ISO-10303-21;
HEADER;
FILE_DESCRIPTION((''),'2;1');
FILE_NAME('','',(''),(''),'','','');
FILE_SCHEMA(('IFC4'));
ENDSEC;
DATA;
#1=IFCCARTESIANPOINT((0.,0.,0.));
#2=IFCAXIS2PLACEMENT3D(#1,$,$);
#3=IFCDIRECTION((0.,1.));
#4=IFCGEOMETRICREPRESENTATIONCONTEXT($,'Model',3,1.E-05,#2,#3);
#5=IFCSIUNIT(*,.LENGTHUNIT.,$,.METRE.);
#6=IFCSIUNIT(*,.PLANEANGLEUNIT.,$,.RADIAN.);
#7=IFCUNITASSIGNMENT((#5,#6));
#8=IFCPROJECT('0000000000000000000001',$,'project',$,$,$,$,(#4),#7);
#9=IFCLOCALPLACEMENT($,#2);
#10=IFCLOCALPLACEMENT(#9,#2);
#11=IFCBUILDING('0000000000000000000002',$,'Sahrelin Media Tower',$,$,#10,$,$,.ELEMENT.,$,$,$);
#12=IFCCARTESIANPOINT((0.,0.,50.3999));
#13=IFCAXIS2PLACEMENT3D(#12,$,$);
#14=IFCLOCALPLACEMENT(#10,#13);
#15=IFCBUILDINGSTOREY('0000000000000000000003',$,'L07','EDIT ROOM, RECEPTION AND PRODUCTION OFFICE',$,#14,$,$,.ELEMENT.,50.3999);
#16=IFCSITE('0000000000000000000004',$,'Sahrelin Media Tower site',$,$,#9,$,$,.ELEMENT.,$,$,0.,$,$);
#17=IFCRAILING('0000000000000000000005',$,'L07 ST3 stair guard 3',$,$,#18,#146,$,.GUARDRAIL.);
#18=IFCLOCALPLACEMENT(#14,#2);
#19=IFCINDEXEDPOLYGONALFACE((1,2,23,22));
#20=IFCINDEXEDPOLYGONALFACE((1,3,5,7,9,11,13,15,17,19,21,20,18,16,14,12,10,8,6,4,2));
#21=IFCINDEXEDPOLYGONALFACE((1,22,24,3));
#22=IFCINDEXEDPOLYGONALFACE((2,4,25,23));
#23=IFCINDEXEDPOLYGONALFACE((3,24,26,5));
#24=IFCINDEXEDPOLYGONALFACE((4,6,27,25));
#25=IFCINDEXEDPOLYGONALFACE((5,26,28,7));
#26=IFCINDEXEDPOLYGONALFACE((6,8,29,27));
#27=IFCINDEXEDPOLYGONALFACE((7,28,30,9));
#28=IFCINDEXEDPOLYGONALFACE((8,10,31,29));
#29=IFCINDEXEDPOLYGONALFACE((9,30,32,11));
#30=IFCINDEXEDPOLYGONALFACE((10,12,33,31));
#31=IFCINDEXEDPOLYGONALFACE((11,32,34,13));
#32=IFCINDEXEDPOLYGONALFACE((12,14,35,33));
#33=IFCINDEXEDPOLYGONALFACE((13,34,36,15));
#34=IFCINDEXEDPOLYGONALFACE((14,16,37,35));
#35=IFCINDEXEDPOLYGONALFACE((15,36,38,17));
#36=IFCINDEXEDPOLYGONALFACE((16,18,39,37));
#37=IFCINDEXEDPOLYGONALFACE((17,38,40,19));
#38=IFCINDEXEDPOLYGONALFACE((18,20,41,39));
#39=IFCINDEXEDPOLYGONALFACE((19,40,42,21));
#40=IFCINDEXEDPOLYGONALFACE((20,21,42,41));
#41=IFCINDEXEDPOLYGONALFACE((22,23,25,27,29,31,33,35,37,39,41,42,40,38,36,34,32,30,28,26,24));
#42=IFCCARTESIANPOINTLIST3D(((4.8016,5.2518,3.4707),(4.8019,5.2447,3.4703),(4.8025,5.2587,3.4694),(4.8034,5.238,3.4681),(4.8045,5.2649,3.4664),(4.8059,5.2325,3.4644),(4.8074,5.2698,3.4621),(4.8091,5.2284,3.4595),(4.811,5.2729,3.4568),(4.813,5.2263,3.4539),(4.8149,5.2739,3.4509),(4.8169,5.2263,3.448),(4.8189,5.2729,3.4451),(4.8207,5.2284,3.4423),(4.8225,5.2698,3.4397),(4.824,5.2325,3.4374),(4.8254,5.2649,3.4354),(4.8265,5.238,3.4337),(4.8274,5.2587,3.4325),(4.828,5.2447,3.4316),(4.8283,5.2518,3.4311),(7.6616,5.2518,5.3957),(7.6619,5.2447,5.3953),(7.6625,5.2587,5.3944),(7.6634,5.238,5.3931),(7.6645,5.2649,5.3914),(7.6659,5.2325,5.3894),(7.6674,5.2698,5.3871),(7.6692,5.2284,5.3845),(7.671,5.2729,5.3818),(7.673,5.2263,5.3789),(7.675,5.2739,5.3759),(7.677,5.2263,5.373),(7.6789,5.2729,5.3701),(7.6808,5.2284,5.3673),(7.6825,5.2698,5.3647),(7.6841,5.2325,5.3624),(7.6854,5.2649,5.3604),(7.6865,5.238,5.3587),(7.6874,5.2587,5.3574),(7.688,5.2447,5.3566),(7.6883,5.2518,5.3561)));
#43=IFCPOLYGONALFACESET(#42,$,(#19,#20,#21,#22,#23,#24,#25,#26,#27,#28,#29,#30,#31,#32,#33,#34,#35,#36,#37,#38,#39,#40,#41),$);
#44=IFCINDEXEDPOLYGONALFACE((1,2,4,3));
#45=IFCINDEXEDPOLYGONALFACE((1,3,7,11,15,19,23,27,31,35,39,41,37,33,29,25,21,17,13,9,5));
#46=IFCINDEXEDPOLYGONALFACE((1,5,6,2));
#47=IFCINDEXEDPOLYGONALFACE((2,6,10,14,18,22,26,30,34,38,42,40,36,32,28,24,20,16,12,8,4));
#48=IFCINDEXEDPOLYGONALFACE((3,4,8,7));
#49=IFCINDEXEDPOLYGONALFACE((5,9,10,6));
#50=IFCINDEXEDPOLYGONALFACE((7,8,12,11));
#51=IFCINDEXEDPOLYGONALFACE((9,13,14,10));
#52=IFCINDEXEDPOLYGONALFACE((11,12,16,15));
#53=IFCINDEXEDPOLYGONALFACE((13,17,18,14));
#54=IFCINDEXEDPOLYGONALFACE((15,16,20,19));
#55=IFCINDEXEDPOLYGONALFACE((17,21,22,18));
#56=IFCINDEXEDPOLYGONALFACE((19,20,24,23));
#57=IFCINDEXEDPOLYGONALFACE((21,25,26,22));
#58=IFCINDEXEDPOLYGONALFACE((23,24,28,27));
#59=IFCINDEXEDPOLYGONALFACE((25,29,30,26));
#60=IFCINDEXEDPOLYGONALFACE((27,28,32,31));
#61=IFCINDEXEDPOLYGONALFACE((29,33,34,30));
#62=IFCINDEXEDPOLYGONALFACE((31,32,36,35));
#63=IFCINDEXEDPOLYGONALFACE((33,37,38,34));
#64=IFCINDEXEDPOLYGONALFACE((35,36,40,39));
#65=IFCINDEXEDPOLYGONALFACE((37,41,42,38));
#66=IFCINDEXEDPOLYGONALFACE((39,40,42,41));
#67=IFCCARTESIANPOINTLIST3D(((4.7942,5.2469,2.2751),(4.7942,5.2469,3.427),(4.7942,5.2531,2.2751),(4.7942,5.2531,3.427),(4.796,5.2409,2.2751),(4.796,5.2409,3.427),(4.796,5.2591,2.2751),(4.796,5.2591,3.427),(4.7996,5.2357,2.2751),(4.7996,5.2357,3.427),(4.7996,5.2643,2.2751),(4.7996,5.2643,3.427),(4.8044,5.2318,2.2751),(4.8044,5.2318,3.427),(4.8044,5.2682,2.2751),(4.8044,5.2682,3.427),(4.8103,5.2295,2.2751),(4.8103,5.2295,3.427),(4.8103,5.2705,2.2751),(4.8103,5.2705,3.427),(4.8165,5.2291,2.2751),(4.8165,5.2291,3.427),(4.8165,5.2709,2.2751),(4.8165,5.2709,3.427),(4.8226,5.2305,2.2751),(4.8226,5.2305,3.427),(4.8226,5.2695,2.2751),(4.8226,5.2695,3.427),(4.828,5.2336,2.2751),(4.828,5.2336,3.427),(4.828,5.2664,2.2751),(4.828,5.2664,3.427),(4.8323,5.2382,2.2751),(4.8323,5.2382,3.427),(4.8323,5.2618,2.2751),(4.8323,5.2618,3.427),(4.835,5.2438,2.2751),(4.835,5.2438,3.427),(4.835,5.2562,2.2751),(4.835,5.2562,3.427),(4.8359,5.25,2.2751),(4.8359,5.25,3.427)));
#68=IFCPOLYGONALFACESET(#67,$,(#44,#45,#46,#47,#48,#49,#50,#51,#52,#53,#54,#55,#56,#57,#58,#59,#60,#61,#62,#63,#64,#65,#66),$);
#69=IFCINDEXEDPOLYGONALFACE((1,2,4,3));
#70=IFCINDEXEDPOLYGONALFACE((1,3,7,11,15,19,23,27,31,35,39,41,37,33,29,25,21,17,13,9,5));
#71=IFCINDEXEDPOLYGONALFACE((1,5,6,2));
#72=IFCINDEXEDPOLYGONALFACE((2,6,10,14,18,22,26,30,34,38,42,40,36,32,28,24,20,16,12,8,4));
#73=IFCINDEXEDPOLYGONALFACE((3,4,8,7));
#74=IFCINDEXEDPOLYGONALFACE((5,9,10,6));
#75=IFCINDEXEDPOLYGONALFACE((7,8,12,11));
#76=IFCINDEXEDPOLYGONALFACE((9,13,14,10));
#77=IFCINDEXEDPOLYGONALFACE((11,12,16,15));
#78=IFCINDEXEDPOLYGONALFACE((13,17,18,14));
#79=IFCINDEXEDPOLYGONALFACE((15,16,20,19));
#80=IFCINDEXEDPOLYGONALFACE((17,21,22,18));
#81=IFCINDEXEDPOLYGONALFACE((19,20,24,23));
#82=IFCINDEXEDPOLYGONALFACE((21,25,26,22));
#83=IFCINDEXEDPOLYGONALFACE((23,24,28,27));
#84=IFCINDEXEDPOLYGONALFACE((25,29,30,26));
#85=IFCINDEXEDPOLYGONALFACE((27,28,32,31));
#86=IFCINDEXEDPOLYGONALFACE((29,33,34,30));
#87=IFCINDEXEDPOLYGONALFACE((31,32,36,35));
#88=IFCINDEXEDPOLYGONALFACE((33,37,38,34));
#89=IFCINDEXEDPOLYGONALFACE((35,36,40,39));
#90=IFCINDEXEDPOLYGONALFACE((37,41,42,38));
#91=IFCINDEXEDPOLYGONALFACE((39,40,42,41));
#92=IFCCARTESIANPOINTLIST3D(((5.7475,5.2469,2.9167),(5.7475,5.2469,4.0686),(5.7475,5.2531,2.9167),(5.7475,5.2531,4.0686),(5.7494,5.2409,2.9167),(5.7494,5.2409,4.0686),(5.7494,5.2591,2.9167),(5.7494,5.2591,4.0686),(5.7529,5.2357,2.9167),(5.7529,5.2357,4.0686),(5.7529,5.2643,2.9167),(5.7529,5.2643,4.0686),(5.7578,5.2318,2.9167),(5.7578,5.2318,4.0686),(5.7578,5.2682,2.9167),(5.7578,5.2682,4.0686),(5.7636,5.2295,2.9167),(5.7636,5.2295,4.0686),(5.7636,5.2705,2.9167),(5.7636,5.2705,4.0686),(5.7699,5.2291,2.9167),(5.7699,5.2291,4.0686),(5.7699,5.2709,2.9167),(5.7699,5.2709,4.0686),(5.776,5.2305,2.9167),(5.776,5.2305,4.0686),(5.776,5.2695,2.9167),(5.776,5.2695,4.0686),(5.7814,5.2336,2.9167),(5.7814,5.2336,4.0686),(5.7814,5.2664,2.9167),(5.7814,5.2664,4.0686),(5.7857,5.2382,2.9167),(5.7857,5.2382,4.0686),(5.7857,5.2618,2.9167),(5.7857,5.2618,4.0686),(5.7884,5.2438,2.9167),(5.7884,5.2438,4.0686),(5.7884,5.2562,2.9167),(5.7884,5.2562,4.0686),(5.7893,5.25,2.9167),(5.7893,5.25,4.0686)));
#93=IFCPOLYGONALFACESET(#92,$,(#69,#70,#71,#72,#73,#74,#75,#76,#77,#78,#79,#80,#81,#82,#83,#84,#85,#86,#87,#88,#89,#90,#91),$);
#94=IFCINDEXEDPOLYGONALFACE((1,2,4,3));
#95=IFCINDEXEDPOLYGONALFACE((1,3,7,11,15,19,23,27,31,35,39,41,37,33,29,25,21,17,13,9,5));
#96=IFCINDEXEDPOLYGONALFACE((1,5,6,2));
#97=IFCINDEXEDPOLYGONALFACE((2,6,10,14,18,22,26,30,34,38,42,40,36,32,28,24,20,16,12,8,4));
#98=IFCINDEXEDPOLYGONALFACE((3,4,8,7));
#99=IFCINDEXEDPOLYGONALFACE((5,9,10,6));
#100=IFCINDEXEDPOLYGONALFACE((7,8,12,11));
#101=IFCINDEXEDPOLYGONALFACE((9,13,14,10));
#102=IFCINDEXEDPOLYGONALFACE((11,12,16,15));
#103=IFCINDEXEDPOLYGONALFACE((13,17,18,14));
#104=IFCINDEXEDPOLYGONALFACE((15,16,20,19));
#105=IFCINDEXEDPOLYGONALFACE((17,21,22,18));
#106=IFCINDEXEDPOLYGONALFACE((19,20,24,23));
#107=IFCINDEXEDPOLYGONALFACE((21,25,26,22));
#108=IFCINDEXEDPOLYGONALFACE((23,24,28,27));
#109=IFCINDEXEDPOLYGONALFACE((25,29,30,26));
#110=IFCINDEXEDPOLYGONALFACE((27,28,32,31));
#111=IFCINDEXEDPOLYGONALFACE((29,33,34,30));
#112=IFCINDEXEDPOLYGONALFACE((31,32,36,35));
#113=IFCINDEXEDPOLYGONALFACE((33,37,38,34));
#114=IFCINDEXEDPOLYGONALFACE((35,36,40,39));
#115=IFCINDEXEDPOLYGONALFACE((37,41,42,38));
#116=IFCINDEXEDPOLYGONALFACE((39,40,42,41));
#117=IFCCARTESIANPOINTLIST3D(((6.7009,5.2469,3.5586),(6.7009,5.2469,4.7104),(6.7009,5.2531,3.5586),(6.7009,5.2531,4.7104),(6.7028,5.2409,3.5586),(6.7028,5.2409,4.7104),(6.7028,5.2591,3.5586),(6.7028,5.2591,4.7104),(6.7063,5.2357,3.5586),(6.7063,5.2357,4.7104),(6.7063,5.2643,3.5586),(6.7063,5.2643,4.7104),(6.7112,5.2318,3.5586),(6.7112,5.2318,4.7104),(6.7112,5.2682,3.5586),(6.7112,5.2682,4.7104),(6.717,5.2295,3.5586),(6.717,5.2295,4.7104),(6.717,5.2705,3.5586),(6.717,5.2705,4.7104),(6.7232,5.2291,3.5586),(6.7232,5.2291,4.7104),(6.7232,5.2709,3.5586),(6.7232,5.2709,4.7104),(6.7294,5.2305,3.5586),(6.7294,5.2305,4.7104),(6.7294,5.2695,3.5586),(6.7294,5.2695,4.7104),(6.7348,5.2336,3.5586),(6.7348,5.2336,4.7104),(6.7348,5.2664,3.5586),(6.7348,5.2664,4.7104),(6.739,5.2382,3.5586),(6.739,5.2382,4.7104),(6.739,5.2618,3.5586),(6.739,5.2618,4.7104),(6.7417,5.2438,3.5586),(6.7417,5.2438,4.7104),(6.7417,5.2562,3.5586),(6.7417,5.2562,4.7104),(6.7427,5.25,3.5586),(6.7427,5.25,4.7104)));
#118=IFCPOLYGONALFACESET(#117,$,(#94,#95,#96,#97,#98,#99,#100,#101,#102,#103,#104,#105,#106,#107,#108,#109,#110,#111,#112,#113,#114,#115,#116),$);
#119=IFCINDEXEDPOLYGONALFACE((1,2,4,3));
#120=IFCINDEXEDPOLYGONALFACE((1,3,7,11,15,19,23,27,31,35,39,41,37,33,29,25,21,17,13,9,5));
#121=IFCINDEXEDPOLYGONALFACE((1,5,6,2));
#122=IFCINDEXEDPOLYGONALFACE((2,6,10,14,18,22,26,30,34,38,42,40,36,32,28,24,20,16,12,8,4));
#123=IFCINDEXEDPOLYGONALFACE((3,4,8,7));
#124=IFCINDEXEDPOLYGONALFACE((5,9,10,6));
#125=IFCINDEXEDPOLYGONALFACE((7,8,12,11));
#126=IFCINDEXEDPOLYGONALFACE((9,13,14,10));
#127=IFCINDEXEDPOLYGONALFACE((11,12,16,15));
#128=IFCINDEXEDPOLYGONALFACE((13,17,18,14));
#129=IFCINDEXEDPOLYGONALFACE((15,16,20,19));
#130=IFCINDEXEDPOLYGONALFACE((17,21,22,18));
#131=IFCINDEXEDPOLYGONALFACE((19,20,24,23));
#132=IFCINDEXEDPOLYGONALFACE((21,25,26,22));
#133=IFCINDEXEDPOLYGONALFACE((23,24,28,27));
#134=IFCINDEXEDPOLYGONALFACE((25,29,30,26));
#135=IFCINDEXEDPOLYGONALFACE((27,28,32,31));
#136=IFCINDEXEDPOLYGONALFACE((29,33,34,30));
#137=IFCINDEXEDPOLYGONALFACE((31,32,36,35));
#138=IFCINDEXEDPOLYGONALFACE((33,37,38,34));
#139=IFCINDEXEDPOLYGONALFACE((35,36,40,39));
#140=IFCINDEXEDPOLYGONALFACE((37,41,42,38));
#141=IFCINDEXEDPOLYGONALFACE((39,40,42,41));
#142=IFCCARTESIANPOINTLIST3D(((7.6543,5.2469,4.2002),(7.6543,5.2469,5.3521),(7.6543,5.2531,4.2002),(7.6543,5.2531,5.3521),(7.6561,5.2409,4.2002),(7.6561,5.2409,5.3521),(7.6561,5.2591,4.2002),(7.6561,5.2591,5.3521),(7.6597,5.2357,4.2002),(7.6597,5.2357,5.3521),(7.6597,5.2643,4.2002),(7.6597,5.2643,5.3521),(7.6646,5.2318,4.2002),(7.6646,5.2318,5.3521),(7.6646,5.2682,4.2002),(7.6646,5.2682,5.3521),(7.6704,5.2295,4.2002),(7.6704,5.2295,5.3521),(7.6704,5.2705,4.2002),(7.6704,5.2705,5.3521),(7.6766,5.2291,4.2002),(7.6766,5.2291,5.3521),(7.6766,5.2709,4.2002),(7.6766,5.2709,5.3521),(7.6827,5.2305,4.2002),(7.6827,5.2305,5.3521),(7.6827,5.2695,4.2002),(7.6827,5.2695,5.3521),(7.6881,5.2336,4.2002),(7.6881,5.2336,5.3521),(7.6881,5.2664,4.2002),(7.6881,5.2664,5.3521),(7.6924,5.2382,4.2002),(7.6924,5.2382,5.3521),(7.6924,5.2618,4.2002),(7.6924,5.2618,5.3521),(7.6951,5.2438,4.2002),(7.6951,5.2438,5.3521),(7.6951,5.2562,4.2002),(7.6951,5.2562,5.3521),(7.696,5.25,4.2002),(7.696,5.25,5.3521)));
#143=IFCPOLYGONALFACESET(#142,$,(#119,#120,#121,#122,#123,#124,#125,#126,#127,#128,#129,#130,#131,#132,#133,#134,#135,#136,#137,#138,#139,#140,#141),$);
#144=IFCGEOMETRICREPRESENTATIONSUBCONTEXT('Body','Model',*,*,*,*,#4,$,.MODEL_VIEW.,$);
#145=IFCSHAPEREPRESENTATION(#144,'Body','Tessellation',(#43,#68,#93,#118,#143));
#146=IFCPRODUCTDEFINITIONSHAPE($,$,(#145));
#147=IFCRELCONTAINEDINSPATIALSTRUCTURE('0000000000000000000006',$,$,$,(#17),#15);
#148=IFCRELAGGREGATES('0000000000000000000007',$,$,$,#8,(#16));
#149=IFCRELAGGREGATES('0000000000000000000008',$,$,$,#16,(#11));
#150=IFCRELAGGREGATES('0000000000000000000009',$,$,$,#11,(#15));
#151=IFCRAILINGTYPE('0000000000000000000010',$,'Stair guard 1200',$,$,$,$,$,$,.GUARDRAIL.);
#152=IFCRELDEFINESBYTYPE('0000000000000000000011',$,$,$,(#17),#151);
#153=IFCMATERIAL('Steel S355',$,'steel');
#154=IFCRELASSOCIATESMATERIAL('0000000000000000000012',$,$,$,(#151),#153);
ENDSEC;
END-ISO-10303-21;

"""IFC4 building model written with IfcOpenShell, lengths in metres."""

from ifc_helpers import new_model, si_unit, direction, frame, origin, origin_2d, place, context, subcontext, project, spatial, circle, extrude, material, type_object, element, save


model = new_model("IFC4")

# Units and contexts
model_context = context("Model", 3, precision=1e-05, world=origin(), true_north=direction((0.0, 1.0)))
body_context = subcontext(model_context, "Body", "Model", "MODEL_VIEW")
ifc_project = project(units=[si_unit("LENGTHUNIT", "METRE"), si_unit("PLANEANGLEUNIT", "RADIAN")], contexts=[model_context])

# Site, building, storey
site_placement = place(None, origin())
site = spatial("IfcSite", under=ifc_project, at=site_placement, Name="Sahrelin Media Tower site", CompositionType="ELEMENT", RefElevation=0.0)
building_placement = place(site_placement, origin())
building = spatial("IfcBuilding", under=site, at=building_placement, Name="Sahrelin Media Tower", CompositionType="ELEMENT")
storey_placement = place(building_placement, frame((0.0, 0.0, 50.3999)))
storey = spatial("IfcBuildingStorey", under=building, at=storey_placement, Name="L07", Description="EDIT ROOM, RECEPTION AND PRODUCTION OFFICE", CompositionType="ELEMENT", Elevation=50.3999)

# Shared definitions
ifc_material_1 = material(Name="Steel S355", Category="steel")

# Railing
railing_type_1 = type_object("IfcRailingType", Name="Stair guard 1200", PredefinedType="GUARDRAIL", material=ifc_material_1)
railing_1_placement = place(storey_placement, frame((4.8149, 5.25, 2.2751)))
element("IfcRailing", 1, at=railing_1_placement, inside=storey, type_object=railing_type_1, Name="L07 ST3 stair guard 3", PredefinedType="GUARDRAIL", context=body_context, shape_type="SweptSolid", body=[
    extrude(circle(Radius=0.0239, at=origin_2d()), frame((0.0, 0.0, 1.1758), z_axis=(0.829591, 0.0, 0.558372), x_axis=(0.0, 1.0, 0.0)), (0.0, 0.0, 1.0), 3.4475),
    extrude(circle(Radius=0.021, at=origin_2d()), origin(), (0.0, 0.0, 1.0), 1.1519),
    extrude(circle(Radius=0.021, at=origin_2d()), frame((0.9534, 0.0, 0.6416)), (0.0, 0.0, 1.0), 1.1519),
    extrude(circle(Radius=0.021, at=origin_2d()), frame((1.9067, 0.0, 1.2834)), (0.0, 0.0, 1.0), 1.1519),
    extrude(circle(Radius=0.021, at=origin_2d()), frame((2.8601, 0.0, 1.925)), (0.0, 0.0, 1.0), 1.1519),
])

save(model, "model.ifc")
